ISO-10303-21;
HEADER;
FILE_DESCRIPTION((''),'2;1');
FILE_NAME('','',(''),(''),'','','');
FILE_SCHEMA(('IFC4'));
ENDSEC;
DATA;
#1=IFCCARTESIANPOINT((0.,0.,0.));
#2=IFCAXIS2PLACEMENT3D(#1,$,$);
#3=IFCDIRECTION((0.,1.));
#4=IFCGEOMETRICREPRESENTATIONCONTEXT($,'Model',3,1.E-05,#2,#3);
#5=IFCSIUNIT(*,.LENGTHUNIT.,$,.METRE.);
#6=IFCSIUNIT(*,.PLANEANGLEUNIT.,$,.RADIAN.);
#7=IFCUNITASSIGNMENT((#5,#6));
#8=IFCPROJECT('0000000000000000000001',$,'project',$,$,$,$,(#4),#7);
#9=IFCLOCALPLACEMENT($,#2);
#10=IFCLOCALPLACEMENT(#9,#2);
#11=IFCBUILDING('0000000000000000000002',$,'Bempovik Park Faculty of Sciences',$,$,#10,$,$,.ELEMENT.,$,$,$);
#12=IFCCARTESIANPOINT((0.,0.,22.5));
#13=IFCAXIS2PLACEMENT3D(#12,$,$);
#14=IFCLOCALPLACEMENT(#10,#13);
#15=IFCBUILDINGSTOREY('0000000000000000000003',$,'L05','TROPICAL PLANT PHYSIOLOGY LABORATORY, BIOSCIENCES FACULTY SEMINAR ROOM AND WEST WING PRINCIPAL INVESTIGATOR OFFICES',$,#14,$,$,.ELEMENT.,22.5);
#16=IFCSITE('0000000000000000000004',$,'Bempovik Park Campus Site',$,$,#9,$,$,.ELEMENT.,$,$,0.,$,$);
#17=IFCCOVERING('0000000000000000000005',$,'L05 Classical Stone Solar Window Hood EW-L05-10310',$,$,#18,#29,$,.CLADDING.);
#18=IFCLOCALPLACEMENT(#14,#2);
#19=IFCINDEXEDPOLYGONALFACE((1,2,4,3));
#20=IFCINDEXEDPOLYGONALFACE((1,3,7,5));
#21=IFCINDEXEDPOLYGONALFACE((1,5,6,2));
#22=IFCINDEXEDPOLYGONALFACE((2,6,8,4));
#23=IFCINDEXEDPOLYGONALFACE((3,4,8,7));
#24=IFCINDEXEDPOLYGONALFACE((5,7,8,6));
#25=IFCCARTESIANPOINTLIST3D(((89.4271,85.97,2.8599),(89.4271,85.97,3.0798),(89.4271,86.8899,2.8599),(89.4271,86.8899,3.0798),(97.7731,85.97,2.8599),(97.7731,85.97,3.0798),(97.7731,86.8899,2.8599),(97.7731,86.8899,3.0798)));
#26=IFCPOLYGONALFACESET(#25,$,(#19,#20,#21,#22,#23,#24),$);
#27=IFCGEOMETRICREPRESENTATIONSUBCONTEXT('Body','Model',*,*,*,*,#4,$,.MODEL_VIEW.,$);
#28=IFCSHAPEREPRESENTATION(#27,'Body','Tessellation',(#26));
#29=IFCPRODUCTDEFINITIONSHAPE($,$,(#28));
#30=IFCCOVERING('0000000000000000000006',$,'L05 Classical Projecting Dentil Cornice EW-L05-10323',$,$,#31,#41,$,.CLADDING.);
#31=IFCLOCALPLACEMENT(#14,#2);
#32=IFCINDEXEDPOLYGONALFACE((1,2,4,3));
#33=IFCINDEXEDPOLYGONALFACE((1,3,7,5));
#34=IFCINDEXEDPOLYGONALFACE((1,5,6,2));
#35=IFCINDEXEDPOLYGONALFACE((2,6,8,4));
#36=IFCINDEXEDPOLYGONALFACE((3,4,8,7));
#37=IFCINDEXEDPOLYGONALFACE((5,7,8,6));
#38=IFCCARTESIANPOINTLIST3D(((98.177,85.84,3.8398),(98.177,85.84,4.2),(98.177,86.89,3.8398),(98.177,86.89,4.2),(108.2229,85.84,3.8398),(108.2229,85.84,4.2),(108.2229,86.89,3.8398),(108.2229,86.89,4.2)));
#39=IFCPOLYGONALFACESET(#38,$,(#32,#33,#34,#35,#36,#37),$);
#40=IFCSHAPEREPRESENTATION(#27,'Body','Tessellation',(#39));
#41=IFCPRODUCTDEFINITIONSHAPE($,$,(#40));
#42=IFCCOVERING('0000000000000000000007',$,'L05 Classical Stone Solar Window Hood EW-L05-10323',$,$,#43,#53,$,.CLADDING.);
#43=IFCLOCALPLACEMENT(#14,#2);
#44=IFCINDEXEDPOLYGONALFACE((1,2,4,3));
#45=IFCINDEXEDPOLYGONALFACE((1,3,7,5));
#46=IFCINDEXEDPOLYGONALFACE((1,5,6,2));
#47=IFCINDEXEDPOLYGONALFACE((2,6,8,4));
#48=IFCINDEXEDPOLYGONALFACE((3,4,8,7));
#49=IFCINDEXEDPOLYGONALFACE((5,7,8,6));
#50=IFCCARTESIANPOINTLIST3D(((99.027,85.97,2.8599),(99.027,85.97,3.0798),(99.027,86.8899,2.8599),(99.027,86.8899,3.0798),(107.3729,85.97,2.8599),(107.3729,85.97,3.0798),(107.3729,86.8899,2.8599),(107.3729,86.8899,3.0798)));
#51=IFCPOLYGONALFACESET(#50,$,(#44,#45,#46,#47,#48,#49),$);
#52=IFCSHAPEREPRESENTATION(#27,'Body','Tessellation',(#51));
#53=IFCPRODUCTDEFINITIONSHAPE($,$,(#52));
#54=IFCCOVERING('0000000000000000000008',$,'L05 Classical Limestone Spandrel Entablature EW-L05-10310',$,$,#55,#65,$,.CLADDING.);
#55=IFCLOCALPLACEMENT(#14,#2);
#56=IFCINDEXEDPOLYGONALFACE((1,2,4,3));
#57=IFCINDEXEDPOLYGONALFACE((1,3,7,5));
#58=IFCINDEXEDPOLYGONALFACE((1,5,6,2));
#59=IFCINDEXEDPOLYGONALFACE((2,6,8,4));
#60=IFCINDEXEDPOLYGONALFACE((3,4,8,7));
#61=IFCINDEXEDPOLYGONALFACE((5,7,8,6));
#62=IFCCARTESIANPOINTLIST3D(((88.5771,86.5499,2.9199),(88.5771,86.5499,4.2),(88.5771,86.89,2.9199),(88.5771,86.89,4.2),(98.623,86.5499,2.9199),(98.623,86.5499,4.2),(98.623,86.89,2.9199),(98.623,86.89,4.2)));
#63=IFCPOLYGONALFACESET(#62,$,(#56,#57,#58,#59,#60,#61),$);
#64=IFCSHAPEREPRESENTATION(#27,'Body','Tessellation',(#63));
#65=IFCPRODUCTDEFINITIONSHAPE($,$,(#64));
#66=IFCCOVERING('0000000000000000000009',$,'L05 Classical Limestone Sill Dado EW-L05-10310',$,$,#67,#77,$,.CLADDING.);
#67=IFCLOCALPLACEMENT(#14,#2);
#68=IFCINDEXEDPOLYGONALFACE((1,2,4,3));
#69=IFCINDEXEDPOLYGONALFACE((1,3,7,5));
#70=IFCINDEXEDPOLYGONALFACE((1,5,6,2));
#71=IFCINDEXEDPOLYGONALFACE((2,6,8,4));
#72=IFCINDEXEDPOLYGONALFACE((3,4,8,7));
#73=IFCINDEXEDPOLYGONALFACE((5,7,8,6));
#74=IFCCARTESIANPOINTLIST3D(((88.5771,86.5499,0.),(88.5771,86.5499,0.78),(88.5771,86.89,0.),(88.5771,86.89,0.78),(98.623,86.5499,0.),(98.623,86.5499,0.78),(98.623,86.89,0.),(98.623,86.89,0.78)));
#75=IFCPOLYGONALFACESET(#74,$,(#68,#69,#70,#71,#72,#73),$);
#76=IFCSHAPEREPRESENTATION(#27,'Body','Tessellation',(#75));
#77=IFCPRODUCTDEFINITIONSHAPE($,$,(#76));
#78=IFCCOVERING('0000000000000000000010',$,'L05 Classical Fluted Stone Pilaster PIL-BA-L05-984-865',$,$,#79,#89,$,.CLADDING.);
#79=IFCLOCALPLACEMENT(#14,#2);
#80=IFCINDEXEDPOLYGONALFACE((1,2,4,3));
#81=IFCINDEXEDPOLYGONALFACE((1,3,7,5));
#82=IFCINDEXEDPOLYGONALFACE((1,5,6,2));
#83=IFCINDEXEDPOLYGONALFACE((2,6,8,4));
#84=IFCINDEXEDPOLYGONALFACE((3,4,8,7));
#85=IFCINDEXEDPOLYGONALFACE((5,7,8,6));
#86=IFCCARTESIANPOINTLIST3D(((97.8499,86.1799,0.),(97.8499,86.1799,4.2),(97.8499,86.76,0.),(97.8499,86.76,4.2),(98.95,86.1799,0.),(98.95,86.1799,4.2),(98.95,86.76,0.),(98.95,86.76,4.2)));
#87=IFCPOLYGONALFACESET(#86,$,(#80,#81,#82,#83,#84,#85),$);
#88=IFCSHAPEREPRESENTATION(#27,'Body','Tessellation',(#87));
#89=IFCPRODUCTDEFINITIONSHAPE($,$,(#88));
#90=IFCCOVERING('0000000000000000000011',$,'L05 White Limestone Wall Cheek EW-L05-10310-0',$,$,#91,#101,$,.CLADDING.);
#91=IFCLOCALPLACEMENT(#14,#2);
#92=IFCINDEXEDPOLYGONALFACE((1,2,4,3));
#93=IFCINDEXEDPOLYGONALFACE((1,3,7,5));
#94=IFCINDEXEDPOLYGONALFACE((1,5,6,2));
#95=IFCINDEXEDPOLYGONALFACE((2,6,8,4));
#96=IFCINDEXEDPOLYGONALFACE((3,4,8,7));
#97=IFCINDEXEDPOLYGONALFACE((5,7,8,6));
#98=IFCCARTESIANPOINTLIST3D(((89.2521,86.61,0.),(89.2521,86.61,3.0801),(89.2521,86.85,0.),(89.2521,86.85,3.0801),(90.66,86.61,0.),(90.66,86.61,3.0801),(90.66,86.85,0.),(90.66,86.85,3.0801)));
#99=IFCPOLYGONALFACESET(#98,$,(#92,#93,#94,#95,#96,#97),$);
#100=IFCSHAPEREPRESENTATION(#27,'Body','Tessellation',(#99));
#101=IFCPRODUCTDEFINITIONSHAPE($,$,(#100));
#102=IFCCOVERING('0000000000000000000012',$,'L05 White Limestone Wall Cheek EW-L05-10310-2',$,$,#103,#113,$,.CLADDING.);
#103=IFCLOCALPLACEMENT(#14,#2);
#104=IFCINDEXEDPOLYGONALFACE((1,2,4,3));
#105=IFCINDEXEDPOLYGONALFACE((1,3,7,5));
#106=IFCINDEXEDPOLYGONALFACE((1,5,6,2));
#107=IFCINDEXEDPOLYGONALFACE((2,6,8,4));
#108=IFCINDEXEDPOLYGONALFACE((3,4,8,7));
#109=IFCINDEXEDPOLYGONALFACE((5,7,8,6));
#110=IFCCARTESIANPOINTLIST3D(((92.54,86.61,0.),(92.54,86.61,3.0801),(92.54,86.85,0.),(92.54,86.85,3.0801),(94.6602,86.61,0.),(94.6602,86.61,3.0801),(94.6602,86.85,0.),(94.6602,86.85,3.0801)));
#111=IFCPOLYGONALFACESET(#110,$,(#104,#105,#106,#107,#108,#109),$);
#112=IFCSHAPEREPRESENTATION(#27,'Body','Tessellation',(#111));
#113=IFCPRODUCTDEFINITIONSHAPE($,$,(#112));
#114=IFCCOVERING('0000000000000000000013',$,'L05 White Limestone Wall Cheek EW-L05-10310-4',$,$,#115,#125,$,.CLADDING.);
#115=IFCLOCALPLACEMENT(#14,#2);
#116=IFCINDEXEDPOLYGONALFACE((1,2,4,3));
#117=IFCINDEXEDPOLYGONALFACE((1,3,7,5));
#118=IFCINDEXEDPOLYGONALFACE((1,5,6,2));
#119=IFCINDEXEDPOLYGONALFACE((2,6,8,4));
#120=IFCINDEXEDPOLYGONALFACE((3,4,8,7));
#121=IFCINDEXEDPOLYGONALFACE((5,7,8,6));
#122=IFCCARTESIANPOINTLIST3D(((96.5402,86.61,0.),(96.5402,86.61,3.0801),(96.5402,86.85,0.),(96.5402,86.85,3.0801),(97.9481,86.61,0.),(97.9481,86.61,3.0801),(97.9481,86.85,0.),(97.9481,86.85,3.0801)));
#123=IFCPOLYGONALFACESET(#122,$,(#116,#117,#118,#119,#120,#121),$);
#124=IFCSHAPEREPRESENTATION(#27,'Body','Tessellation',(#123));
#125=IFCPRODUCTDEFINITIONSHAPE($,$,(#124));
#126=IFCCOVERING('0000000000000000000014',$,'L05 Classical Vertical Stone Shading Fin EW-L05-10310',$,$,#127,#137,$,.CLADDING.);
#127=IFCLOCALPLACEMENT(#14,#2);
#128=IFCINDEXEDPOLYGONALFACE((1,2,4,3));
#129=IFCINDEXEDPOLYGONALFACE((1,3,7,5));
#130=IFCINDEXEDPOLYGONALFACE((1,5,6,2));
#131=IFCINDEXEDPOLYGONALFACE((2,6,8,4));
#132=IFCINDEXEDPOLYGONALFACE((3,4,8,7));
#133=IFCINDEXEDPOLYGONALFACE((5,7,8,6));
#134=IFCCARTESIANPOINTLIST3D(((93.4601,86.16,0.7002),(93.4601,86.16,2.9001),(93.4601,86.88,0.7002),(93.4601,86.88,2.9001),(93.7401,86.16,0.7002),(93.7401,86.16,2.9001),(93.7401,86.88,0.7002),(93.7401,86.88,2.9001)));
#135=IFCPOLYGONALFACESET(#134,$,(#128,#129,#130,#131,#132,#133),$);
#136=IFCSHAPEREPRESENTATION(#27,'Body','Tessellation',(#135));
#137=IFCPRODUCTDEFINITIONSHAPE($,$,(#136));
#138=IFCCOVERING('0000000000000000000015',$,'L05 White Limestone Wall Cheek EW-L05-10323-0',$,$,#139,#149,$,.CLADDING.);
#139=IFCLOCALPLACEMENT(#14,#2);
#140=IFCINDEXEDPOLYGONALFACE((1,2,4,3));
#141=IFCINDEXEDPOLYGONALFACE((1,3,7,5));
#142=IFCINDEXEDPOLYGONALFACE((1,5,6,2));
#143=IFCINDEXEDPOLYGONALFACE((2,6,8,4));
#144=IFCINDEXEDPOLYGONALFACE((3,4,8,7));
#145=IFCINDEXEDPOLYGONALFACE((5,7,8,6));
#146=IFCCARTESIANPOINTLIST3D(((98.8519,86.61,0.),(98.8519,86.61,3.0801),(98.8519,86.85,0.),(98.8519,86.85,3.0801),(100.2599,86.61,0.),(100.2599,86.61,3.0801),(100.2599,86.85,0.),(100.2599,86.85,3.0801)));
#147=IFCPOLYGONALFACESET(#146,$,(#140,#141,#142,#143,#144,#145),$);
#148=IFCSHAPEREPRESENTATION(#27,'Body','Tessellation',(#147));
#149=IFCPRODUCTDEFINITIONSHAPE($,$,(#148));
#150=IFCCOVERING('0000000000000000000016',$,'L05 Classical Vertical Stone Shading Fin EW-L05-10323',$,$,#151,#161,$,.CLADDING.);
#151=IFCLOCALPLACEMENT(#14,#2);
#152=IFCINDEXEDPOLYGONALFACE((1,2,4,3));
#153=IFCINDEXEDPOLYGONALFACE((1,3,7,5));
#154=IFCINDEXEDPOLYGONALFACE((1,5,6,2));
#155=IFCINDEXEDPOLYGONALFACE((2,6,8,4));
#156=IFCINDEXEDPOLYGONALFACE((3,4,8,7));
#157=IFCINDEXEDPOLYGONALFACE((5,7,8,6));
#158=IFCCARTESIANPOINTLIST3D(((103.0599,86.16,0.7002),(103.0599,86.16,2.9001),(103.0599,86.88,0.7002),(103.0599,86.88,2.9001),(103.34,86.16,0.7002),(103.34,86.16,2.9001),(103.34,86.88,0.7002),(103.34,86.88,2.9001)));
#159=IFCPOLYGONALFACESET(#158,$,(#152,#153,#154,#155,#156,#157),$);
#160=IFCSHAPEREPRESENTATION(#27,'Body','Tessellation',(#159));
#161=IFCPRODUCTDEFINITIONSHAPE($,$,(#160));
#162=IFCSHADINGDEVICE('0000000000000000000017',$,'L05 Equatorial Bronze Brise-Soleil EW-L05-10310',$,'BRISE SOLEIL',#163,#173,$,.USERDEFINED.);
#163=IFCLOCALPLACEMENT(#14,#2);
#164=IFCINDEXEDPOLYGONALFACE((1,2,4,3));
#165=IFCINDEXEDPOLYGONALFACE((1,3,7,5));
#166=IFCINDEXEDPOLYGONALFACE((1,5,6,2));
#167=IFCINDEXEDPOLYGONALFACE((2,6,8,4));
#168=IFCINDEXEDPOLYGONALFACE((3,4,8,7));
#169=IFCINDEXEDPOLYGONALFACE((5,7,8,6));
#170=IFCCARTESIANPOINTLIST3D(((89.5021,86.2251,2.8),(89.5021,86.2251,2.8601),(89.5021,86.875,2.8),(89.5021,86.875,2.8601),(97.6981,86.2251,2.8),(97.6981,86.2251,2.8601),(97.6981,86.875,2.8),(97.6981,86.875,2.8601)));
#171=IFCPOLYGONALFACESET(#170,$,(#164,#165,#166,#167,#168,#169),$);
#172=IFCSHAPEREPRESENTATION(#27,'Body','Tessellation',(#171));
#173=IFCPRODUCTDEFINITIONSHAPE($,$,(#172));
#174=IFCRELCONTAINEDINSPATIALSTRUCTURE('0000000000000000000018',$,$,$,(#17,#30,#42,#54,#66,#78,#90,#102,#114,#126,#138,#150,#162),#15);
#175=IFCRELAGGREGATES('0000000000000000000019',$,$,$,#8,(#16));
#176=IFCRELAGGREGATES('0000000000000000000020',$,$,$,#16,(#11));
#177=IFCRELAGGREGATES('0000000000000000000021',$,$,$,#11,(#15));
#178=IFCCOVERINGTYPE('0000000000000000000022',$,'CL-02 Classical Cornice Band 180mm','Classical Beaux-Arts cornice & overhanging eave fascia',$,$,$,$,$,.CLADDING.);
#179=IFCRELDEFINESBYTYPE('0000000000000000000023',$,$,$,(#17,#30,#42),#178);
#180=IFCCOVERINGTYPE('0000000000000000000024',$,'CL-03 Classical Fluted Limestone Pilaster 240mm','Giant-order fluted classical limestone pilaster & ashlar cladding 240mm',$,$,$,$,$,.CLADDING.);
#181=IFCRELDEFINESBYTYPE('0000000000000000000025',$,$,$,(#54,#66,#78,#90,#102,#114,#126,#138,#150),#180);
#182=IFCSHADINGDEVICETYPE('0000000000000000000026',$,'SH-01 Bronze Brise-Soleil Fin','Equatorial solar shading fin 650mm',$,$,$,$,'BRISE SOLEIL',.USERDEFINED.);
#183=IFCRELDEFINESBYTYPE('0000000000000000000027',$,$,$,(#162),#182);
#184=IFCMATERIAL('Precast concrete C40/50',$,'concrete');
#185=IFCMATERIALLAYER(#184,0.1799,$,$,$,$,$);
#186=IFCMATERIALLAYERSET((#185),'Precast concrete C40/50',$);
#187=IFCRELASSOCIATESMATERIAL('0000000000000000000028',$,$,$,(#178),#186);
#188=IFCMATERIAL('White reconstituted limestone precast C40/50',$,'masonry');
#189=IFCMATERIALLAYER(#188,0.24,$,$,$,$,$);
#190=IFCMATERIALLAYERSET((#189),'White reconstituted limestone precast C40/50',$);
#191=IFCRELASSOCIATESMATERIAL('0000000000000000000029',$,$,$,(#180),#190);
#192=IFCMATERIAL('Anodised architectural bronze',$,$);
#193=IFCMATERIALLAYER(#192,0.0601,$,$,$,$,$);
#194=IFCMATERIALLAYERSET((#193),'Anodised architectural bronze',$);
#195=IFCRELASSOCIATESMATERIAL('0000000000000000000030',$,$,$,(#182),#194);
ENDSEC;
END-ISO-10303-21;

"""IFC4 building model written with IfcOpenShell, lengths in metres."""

from ifc_helpers import new_model, si_unit, direction, frame, origin, origin_2d, place, context, subcontext, project, spatial, rectangle, extrude, material, layer, layer_set, type_object, element, save


model = new_model("IFC4")

# Units and contexts
model_context = context("Model", 3, precision=1e-05, world=origin(), true_north=direction((0.0, 1.0)))
body_context = subcontext(model_context, "Body", "Model", "MODEL_VIEW")
ifc_project = project(units=[si_unit("LENGTHUNIT", "METRE"), si_unit("PLANEANGLEUNIT", "RADIAN")], contexts=[model_context])

# Site, building, storey
site_placement = place(None, origin())
site = spatial("IfcSite", under=ifc_project, at=site_placement, Name="Bempovik Park Campus Site", CompositionType="ELEMENT", RefElevation=0.0)
building_placement = place(site_placement, origin())
building = spatial("IfcBuilding", under=site, at=building_placement, Name="Bempovik Park Faculty of Sciences", CompositionType="ELEMENT")
storey_placement = place(building_placement, frame((0.0, 0.0, 22.5)))
storey = spatial("IfcBuildingStorey", under=building, at=storey_placement, Name="L05", Description="TROPICAL PLANT PHYSIOLOGY LABORATORY, BIOSCIENCES FACULTY SEMINAR ROOM AND WEST WING PRINCIPAL INVESTIGATOR OFFICES", CompositionType="ELEMENT", Elevation=22.5)

# Shared definitions
ifc_material_1 = material(Name="Precast concrete C40/50", Category="concrete")

# Coverings
ifc_layer_1 = layer(ifc_material_1, 0.1799)
ifc_layer_set_1 = layer_set([ifc_layer_1], Name="Precast concrete C40/50")
covering_type_1 = type_object("IfcCoveringType", Name="CL-02 Classical Cornice Band 180mm", Description="Classical Beaux-Arts cornice & overhanging eave fascia", PredefinedType="CLADDING", material=ifc_layer_set_1)
covering_1_placement = place(storey_placement, frame((93.6001, 86.4299, 2.8599), z_axis=(0.0, 0.0, 1.0), x_axis=(1.0, 0.0, 0.0)))
element("IfcCovering", 1, at=covering_1_placement, inside=storey, type_object=covering_type_1, Name="L05 Classical Stone Solar Window Hood EW-L05-10310", PredefinedType="CLADDING", context=body_context, shape_type="SweptSolid", body=[
    extrude(rectangle(XDim=8.3459, YDim=0.9199, at=origin_2d()), origin(), (0.0, 0.0, 1.0), 0.22),
])
covering_2_placement = place(storey_placement, frame((103.2, 86.365, 3.8398), z_axis=(0.0, 0.0, 1.0), x_axis=(1.0, 0.0, 0.0)))
element("IfcCovering", 2, at=covering_2_placement, inside=storey, type_object=covering_type_1, Name="L05 Classical Projecting Dentil Cornice EW-L05-10323", PredefinedType="CLADDING", context=body_context, shape_type="SweptSolid", body=[
    extrude(rectangle(XDim=10.0459, YDim=1.05, at=origin_2d()), origin(), (0.0, 0.0, 1.0), 0.3601),
])
covering_3_placement = place(storey_placement, frame((103.2, 86.4299, 2.8599), z_axis=(0.0, 0.0, 1.0), x_axis=(1.0, 0.0, 0.0)))
element("IfcCovering", 3, at=covering_3_placement, inside=storey, type_object=covering_type_1, Name="L05 Classical Stone Solar Window Hood EW-L05-10323", PredefinedType="CLADDING", context=body_context, shape_type="SweptSolid", body=[
    extrude(rectangle(XDim=8.3459, YDim=0.9199, at=origin_2d()), origin(), (0.0, 0.0, 1.0), 0.22),
])
ifc_material_2 = material(Name="White reconstituted limestone precast C40/50", Category="masonry")
ifc_layer_2 = layer(ifc_material_2, 0.24)
ifc_layer_set_2 = layer_set([ifc_layer_2], Name="White reconstituted limestone precast C40/50")
covering_type_2 = type_object("IfcCoveringType", Name="CL-03 Classical Fluted Limestone Pilaster 240mm", Description="Giant-order fluted classical limestone pilaster & ashlar cladding 240mm", PredefinedType="CLADDING", material=ifc_layer_set_2)
covering_4_placement = place(storey_placement, frame((93.6001, 86.72, 2.9199), z_axis=(0.0, 0.0, 1.0), x_axis=(1.0, 0.0, 0.0)))
element("IfcCovering", 4, at=covering_4_placement, inside=storey, type_object=covering_type_2, Name="L05 Classical Limestone Spandrel Entablature EW-L05-10310", PredefinedType="CLADDING", context=body_context, shape_type="SweptSolid", body=[
    extrude(rectangle(XDim=10.0459, YDim=0.3401, at=origin_2d()), origin(), (0.0, 0.0, 1.0), 1.28),
])
covering_5_placement = place(storey_placement, frame((93.6001, 86.72, 0.0), z_axis=(0.0, 0.0, 1.0), x_axis=(1.0, 0.0, 0.0)))
element("IfcCovering", 5, at=covering_5_placement, inside=storey, type_object=covering_type_2, Name="L05 Classical Limestone Sill Dado EW-L05-10310", PredefinedType="CLADDING", context=body_context, shape_type="SweptSolid", body=[
    extrude(rectangle(XDim=10.0459, YDim=0.3401, at=origin_2d()), origin(), (0.0, 0.0, 1.0), 0.78),
])
covering_6_placement = place(storey_placement, frame((98.3999, 86.47, 0.0), z_axis=(0.0, 0.0, 1.0), x_axis=(1.0, 0.0, 0.0)))
element("IfcCovering", 6, at=covering_6_placement, inside=storey, type_object=covering_type_2, Name="L05 Classical Fluted Stone Pilaster PIL-BA-L05-984-865", PredefinedType="CLADDING", context=body_context, shape_type="SweptSolid", body=[
    extrude(rectangle(XDim=1.1001, YDim=0.5801, at=origin_2d()), origin(), (0.0, 0.0, 1.0), 4.2),
])
covering_7_placement = place(storey_placement, frame((89.9561, 86.73, 0.0), z_axis=(0.0, 0.0, 1.0), x_axis=(1.0, 0.0, 0.0)))
element("IfcCovering", 7, at=covering_7_placement, inside=storey, type_object=covering_type_2, Name="L05 White Limestone Wall Cheek EW-L05-10310-0", PredefinedType="CLADDING", context=body_context, shape_type="SweptSolid", body=[
    extrude(rectangle(XDim=1.408, YDim=0.24, at=origin_2d()), origin(), (0.0, 0.0, 1.0), 3.0801),
])
covering_8_placement = place(storey_placement, frame((93.6001, 86.73, 0.0), z_axis=(0.0, 0.0, 1.0), x_axis=(1.0, 0.0, 0.0)))
element("IfcCovering", 8, at=covering_8_placement, inside=storey, type_object=covering_type_2, Name="L05 White Limestone Wall Cheek EW-L05-10310-2", PredefinedType="CLADDING", context=body_context, shape_type="SweptSolid", body=[
    extrude(rectangle(XDim=2.1201, YDim=0.24, at=origin_2d()), origin(), (0.0, 0.0, 1.0), 3.0801),
])
covering_9_placement = place(storey_placement, frame((97.2441, 86.73, 0.0), z_axis=(0.0, 0.0, 1.0), x_axis=(1.0, 0.0, 0.0)))
element("IfcCovering", 9, at=covering_9_placement, inside=storey, type_object=covering_type_2, Name="L05 White Limestone Wall Cheek EW-L05-10310-4", PredefinedType="CLADDING", context=body_context, shape_type="SweptSolid", body=[
    extrude(rectangle(XDim=1.408, YDim=0.24, at=origin_2d()), origin(), (0.0, 0.0, 1.0), 3.0801),
])
covering_10_placement = place(storey_placement, frame((93.6001, 86.52, 0.7002), z_axis=(0.0, 0.0, 1.0), x_axis=(1.0, 0.0, 0.0)))
element("IfcCovering", 10, at=covering_10_placement, inside=storey, type_object=covering_type_2, Name="L05 Classical Vertical Stone Shading Fin EW-L05-10310", PredefinedType="CLADDING", context=body_context, shape_type="SweptSolid", body=[
    extrude(rectangle(XDim=0.28, YDim=0.72, at=origin_2d()), origin(), (0.0, 0.0, 1.0), 2.2),
])
covering_11_placement = place(storey_placement, frame((99.5559, 86.73, 0.0), z_axis=(0.0, 0.0, 1.0), x_axis=(1.0, 0.0, 0.0)))
element("IfcCovering", 11, at=covering_11_placement, inside=storey, type_object=covering_type_2, Name="L05 White Limestone Wall Cheek EW-L05-10323-0", PredefinedType="CLADDING", context=body_context, shape_type="SweptSolid", body=[
    extrude(rectangle(XDim=1.408, YDim=0.24, at=origin_2d()), origin(), (0.0, 0.0, 1.0), 3.0801),
])
covering_12_placement = place(storey_placement, frame((103.2, 86.52, 0.7002), z_axis=(0.0, 0.0, 1.0), x_axis=(1.0, 0.0, 0.0)))
element("IfcCovering", 12, at=covering_12_placement, inside=storey, type_object=covering_type_2, Name="L05 Classical Vertical Stone Shading Fin EW-L05-10323", PredefinedType="CLADDING", context=body_context, shape_type="SweptSolid", body=[
    extrude(rectangle(XDim=0.28, YDim=0.72, at=origin_2d()), origin(), (0.0, 0.0, 1.0), 2.2),
])

# Shading device
ifc_material_3 = material(Name="Anodised architectural bronze")
ifc_layer_3 = layer(ifc_material_3, 0.0601)
ifc_layer_set_3 = layer_set([ifc_layer_3], Name="Anodised architectural bronze")
shading_device_type = type_object("IfcShadingDeviceType", Name="SH-01 Bronze Brise-Soleil Fin", Description="Equatorial solar shading fin 650mm", ElementType="BRISE SOLEIL", PredefinedType="USERDEFINED", material=ifc_layer_set_3)
shading_device_placement = place(storey_placement, frame((93.6001, 86.55, 2.8), z_axis=(0.0, 0.0, 1.0), x_axis=(1.0, 0.0, 0.0)))
element("IfcShadingDevice", 13, at=shading_device_placement, inside=storey, type_object=shading_device_type, Name="L05 Equatorial Bronze Brise-Soleil EW-L05-10310", ObjectType="BRISE SOLEIL", PredefinedType="USERDEFINED", context=body_context, shape_type="SweptSolid", body=[
    extrude(rectangle(XDim=8.196, YDim=0.6499, at=origin_2d()), origin(), (0.0, 0.0, 1.0), 0.0601),
])

save(model, "model.ifc")
